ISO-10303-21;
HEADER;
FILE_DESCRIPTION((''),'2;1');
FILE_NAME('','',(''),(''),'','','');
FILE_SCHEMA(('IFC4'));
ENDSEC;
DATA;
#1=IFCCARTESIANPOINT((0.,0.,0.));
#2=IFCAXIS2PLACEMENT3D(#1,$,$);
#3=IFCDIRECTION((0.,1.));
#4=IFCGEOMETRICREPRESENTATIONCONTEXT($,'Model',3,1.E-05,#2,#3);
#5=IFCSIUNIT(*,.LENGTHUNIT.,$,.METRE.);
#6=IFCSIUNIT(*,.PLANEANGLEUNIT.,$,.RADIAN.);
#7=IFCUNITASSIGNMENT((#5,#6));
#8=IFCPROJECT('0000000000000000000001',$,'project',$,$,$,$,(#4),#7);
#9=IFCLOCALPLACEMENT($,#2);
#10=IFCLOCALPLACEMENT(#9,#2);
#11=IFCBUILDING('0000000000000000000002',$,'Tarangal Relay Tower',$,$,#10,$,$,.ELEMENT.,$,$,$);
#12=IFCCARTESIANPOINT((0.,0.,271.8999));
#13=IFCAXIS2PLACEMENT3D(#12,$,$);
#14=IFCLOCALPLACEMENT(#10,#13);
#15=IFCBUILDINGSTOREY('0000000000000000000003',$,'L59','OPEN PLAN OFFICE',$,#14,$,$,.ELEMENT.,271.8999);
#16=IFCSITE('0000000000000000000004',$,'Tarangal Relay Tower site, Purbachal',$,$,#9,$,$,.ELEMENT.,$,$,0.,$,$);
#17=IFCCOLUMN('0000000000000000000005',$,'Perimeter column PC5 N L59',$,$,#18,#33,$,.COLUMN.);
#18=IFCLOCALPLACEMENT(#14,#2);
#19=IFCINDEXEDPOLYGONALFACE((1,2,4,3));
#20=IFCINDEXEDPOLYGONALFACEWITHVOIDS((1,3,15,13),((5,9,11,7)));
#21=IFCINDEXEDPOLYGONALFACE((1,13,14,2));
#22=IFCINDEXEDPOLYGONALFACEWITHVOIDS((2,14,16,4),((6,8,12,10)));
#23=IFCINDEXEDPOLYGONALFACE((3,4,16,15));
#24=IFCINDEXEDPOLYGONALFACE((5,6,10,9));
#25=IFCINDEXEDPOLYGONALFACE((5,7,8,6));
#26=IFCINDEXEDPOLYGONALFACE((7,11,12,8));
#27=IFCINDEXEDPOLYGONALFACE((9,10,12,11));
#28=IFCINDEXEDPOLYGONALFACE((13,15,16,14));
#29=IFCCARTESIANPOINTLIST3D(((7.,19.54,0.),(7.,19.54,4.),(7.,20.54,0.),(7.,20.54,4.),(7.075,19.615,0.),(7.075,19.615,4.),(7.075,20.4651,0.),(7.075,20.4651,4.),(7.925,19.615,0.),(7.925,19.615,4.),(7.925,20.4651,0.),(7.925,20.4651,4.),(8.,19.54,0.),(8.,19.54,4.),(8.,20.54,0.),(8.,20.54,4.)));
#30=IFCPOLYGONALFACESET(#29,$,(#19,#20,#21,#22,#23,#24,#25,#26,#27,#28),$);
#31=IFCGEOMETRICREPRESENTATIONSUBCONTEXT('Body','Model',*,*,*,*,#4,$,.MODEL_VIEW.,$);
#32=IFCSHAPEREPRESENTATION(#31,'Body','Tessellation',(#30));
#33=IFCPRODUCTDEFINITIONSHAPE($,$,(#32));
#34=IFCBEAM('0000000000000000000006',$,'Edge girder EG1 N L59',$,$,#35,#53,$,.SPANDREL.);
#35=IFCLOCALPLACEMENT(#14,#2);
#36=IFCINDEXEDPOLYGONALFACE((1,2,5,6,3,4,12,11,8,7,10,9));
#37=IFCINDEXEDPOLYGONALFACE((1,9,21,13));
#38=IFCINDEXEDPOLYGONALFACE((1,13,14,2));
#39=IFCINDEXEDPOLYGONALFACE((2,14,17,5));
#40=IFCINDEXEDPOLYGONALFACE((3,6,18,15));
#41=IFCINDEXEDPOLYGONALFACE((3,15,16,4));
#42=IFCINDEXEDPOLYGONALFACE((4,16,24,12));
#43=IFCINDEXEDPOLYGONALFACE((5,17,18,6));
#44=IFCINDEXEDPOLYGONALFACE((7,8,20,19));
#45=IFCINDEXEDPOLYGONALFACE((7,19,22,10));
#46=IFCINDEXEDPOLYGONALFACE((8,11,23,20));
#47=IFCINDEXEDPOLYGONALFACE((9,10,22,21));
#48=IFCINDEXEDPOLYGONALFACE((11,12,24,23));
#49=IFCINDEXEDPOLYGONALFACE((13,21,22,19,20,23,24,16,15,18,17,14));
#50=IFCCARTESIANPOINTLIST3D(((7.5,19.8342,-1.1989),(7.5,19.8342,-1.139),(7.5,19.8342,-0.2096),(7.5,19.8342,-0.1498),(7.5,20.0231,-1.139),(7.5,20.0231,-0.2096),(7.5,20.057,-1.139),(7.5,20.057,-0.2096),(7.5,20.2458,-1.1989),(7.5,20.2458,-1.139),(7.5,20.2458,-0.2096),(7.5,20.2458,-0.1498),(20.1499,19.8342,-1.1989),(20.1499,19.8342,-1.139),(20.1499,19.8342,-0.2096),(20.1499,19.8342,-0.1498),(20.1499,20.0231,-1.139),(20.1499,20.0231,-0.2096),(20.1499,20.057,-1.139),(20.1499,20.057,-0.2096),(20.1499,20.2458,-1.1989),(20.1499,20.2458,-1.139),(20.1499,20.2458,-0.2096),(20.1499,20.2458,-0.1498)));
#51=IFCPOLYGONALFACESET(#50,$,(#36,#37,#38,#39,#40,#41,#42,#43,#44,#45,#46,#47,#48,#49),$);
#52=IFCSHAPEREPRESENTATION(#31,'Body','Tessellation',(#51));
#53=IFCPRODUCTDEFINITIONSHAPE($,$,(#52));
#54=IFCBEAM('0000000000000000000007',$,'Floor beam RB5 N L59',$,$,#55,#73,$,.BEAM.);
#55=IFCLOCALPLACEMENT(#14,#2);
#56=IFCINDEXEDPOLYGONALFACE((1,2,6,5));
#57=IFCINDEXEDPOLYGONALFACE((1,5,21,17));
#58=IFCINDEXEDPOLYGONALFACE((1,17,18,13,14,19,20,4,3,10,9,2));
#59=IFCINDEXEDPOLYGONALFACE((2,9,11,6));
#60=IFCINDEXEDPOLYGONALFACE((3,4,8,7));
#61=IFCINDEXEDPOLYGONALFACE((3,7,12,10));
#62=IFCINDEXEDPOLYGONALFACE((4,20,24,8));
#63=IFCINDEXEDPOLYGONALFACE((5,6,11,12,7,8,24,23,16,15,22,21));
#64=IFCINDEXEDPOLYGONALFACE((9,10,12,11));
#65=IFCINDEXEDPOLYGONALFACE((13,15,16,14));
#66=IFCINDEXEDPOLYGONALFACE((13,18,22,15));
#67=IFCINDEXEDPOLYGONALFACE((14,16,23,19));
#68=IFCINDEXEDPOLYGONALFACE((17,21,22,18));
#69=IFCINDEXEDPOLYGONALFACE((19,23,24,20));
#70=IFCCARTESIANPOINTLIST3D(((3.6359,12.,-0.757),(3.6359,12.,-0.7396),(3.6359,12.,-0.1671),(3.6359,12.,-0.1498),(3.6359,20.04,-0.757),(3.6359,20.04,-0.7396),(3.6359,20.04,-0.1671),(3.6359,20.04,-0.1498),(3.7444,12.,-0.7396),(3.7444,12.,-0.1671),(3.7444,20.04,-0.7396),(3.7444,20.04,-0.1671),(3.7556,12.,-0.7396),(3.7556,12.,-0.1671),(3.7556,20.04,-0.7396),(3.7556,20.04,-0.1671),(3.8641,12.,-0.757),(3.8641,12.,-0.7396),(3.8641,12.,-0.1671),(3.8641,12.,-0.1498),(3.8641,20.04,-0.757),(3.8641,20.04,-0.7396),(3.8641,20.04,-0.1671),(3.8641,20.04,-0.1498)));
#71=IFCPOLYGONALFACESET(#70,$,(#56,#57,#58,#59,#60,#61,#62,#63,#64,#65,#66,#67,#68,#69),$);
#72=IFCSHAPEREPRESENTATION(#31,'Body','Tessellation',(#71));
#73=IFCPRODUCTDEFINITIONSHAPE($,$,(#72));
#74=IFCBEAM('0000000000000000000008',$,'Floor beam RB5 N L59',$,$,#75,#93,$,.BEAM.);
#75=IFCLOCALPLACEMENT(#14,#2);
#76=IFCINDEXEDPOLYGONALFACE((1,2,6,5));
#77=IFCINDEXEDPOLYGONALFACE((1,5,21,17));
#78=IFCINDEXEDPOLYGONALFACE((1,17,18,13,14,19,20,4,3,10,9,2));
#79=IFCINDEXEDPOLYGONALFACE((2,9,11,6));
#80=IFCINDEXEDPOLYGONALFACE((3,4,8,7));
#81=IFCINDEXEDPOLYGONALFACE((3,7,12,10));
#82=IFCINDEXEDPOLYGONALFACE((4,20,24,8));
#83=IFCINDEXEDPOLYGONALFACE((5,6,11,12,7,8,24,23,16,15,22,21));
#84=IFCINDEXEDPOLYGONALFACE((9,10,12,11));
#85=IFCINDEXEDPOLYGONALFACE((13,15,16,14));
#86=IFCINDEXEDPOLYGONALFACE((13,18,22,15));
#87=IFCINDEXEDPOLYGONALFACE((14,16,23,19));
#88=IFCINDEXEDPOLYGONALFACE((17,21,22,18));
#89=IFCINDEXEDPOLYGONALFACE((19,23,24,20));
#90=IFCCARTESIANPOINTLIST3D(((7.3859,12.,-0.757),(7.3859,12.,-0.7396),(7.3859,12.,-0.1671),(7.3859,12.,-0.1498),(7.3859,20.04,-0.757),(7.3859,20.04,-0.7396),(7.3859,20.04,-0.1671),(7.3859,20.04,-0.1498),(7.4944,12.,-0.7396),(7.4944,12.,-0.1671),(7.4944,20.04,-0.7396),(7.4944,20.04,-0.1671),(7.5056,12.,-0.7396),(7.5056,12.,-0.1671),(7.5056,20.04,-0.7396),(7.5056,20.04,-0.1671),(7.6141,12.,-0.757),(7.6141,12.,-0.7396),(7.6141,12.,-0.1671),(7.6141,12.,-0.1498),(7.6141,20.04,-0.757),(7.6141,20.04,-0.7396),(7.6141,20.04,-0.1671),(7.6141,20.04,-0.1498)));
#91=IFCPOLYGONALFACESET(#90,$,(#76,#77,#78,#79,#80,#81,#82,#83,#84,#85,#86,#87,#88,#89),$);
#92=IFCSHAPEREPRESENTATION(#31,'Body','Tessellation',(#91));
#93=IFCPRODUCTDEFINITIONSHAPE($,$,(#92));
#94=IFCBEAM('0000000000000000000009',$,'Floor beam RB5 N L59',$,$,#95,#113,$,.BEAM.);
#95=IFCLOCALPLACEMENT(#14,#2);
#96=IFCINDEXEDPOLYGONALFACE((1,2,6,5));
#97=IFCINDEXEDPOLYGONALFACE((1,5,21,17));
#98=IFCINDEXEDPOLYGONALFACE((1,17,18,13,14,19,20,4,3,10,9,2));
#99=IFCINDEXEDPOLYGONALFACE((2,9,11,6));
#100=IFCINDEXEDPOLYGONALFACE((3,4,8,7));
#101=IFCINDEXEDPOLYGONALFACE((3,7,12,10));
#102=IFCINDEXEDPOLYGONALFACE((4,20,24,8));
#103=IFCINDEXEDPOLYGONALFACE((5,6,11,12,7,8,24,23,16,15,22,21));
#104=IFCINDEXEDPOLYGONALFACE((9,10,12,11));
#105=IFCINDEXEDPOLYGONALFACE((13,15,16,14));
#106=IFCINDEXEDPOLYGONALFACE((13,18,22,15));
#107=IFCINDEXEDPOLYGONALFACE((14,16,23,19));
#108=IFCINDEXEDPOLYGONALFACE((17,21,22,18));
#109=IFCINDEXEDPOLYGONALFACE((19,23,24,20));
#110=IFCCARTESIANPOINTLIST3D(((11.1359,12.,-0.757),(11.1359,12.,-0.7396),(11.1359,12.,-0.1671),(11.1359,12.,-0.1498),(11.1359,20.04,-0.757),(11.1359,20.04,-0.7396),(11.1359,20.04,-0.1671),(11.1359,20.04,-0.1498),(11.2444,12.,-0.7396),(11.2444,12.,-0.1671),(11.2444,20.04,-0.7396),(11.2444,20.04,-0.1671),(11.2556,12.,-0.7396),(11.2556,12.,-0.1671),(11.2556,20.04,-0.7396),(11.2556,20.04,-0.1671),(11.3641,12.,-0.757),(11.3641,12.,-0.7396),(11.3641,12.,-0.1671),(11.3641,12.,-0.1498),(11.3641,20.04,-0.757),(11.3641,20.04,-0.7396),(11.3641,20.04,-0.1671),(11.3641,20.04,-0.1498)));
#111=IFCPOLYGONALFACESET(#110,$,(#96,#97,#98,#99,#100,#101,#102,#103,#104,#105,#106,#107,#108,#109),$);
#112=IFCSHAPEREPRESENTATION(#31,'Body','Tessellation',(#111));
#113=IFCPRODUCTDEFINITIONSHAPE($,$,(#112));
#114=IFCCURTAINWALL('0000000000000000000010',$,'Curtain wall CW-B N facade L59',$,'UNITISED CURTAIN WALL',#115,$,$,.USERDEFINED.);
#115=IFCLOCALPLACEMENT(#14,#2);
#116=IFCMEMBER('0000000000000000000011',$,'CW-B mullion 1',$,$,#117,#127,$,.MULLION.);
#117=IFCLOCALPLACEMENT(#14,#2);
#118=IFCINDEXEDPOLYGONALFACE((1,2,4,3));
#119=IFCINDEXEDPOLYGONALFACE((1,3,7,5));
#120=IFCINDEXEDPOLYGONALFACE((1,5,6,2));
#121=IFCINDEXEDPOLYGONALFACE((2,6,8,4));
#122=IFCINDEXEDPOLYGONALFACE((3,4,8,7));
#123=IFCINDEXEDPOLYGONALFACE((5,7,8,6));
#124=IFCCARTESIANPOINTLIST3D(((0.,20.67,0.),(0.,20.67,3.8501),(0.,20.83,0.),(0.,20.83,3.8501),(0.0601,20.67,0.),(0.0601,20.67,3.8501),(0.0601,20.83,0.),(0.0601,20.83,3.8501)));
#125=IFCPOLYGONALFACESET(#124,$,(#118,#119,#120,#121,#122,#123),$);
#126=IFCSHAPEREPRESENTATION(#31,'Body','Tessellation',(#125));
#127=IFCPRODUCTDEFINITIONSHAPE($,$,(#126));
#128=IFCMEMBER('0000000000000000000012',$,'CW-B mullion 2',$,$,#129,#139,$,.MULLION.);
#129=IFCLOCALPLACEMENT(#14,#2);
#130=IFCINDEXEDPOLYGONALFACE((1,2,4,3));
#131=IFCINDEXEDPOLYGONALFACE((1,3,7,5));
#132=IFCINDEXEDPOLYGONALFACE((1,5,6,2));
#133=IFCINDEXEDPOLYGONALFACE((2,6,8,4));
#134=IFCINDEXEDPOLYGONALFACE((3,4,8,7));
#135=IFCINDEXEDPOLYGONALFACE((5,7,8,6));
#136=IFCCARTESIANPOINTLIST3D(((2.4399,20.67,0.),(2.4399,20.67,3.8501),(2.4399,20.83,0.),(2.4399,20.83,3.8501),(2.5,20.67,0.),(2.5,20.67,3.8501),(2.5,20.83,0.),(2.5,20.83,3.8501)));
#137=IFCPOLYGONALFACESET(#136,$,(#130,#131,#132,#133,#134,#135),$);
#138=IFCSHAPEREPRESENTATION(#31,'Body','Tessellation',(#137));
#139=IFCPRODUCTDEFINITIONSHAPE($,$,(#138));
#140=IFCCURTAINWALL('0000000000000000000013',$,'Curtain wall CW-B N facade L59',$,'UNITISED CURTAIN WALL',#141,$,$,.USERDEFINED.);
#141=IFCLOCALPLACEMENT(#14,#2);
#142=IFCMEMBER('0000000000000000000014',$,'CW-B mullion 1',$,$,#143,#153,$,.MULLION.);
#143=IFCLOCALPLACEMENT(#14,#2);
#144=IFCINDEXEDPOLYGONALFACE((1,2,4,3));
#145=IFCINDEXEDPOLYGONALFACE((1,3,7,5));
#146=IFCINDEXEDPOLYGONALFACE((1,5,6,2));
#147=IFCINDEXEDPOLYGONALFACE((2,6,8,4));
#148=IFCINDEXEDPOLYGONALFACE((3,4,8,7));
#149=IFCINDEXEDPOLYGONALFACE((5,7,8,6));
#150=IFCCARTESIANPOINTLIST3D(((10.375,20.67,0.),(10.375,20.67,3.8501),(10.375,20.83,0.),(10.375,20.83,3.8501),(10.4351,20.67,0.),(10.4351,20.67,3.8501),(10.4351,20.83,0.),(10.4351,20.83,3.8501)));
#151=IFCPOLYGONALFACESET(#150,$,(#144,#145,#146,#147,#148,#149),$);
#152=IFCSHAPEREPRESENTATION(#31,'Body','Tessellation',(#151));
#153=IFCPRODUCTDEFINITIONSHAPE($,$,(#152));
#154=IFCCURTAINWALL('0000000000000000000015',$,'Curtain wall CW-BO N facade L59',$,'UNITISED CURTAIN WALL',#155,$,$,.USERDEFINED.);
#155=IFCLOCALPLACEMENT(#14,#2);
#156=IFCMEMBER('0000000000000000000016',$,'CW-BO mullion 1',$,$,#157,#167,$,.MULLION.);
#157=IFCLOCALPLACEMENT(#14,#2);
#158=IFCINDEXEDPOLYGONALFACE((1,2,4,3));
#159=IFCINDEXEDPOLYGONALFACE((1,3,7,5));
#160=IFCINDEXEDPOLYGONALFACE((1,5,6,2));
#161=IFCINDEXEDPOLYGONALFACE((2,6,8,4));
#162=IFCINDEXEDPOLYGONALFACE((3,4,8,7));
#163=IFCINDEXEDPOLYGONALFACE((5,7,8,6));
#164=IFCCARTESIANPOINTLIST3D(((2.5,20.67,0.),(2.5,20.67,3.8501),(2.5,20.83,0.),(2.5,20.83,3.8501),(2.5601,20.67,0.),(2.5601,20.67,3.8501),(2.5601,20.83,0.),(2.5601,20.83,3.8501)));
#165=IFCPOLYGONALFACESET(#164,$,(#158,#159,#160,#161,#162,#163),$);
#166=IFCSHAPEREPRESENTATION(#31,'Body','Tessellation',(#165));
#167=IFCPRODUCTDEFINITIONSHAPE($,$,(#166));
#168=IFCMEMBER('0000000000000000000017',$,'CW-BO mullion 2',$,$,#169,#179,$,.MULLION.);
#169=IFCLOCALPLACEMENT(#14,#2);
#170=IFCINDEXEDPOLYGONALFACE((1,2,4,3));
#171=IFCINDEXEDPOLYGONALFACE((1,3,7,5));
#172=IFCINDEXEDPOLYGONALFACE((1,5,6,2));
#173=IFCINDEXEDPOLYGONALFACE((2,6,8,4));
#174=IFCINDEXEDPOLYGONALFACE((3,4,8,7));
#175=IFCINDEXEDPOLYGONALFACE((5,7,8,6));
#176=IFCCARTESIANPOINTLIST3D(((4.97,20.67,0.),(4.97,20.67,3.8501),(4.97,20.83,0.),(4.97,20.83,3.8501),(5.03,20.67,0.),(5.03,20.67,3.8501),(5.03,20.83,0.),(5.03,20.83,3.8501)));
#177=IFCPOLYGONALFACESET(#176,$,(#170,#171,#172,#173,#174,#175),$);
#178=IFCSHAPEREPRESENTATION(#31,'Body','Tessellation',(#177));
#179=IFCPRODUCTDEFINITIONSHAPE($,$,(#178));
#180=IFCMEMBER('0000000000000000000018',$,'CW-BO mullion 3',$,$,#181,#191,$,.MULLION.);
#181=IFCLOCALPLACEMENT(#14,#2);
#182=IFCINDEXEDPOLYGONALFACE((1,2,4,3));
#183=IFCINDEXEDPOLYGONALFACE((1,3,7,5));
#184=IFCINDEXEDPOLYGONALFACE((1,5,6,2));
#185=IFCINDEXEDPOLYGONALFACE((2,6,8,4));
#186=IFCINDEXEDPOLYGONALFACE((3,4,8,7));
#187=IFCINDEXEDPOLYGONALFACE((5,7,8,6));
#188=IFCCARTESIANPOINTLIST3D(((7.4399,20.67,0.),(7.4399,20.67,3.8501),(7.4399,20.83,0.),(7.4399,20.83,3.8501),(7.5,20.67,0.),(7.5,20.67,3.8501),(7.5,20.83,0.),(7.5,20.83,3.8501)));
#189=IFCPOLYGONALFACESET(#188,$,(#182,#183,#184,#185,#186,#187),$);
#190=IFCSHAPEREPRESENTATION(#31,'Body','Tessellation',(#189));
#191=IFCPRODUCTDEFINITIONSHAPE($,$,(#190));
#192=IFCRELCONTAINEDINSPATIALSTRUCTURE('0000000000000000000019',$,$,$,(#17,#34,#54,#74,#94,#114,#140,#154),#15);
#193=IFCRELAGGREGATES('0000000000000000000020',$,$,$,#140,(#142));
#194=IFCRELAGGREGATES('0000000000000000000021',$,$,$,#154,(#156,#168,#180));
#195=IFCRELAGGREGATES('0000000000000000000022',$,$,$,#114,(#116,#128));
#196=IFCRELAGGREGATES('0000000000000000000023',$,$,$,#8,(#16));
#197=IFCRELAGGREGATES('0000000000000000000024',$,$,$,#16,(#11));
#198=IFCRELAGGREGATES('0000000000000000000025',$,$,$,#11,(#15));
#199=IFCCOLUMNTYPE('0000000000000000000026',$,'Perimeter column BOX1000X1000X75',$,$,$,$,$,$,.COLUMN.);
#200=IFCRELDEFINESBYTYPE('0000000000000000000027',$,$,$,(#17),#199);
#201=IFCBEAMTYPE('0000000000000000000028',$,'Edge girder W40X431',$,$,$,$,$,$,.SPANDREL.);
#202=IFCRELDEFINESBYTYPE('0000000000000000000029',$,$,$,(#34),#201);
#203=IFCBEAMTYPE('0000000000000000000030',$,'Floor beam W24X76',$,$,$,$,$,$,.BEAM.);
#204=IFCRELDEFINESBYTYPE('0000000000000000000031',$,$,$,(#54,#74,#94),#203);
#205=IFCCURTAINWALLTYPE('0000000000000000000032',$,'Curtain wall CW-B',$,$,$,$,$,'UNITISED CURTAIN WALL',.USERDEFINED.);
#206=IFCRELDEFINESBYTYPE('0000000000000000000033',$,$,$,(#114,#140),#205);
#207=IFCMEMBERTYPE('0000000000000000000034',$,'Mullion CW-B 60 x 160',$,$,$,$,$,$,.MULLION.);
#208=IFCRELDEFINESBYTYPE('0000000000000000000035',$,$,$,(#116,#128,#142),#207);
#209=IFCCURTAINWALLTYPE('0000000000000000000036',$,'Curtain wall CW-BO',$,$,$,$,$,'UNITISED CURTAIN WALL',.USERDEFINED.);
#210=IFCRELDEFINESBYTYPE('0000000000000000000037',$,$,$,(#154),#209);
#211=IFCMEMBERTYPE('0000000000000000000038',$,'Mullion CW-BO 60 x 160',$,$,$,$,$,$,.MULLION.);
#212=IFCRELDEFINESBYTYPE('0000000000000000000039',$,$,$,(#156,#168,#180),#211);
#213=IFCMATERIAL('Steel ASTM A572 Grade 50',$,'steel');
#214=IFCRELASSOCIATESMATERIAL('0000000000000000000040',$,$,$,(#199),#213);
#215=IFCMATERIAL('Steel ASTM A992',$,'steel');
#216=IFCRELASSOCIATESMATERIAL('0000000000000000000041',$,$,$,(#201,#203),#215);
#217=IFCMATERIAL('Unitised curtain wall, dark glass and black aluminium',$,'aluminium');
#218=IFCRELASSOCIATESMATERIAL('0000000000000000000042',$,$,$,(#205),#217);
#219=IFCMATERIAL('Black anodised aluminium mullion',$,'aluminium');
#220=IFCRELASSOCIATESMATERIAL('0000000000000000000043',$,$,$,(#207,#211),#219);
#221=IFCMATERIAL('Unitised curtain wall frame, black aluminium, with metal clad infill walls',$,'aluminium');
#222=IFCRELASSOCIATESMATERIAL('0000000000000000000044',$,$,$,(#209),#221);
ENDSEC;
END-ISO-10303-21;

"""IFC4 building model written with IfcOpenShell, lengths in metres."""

from ifc_helpers import new_model, si_unit, direction, frame, origin, origin_2d, place, context, subcontext, project, spatial, rectangle, hollow_rectangle, i_section, extrude, material, material_profile, profile_set, type_object, element, aggregate, save


model = new_model("IFC4")

# Units and contexts
model_context = context("Model", 3, precision=1e-05, world=origin(), true_north=direction((0.0, 1.0)))
body_context = subcontext(model_context, "Body", "Model", "MODEL_VIEW")
ifc_project = project(units=[si_unit("LENGTHUNIT", "METRE"), si_unit("PLANEANGLEUNIT", "RADIAN")], contexts=[model_context])

# Site, building, storey
site_placement = place(None, origin())
site = spatial("IfcSite", under=ifc_project, at=site_placement, Name="Tarangal Relay Tower site, Purbachal", CompositionType="ELEMENT", RefElevation=0.0)
building_placement = place(site_placement, origin())
building = spatial("IfcBuilding", under=site, at=building_placement, Name="Tarangal Relay Tower", CompositionType="ELEMENT")
storey_placement = place(building_placement, frame((0.0, 0.0, 271.8999)))
storey = spatial("IfcBuildingStorey", under=building, at=storey_placement, Name="L59", Description="OPEN PLAN OFFICE", CompositionType="ELEMENT", Elevation=271.8999)

# Column
ifc_material_1 = material(Name="Steel ASTM A572 Grade 50", Category="steel")
ifc_material_profile_1 = material_profile(ifc_material_1, hollow_rectangle(XDim=1.0, YDim=1.0, WallThickness=0.075, at=origin_2d()), Name="BOX1000X1000X75")
ifc_profile_set_1 = profile_set([ifc_material_profile_1], Name="Steel ASTM A572 Grade 50")
column_type = type_object("IfcColumnType", Name="Perimeter column BOX1000X1000X75", PredefinedType="COLUMN", material=ifc_profile_set_1)
column_placement = place(storey_placement, frame((7.5, 20.04, 0.0), z_axis=(0.0, 0.0, 1.0), x_axis=(1.0, 0.0, 0.0)))
element("IfcColumn", 1, at=column_placement, inside=storey, type_object=column_type, Name="Perimeter column PC5 N L59", PredefinedType="COLUMN", context=body_context, shape_type="SweptSolid", body=[
    extrude(hollow_rectangle(XDim=1.0, YDim=1.0, WallThickness=0.075, at=origin_2d()), origin(), (0.0, 0.0, 1.0), 4.0),
])

# Beams
ifc_material_2 = material(Name="Steel ASTM A992", Category="steel")
ifc_material_profile_2 = material_profile(ifc_material_2, i_section(OverallWidth=0.4116, OverallDepth=1.0491, WebThickness=0.0339, FlangeThickness=0.0598, at=origin_2d()), Name="W40X431")
ifc_profile_set_2 = profile_set([ifc_material_profile_2], Name="Steel ASTM A992")
beam_type_1 = type_object("IfcBeamType", Name="Edge girder W40X431", PredefinedType="SPANDREL", material=ifc_profile_set_2)
beam_placement = place(storey_placement, frame((7.5, 20.04, -0.6743), z_axis=(1.0, 0.0, 0.0), x_axis=(0.0, 1.0, 0.0)))
element("IfcBeam", 2, at=beam_placement, inside=storey, type_object=beam_type_1, Name="Edge girder EG1 N L59", PredefinedType="SPANDREL", context=body_context, shape_type="SweptSolid", body=[
    extrude(i_section(OverallWidth=0.4116, OverallDepth=1.0491, WebThickness=0.0339, FlangeThickness=0.0598, at=origin_2d()), origin(), (0.0, 0.0, 1.0), 12.6499),
])
ifc_material_profile_3 = material_profile(ifc_material_2, i_section(OverallWidth=0.2283, OverallDepth=0.6072, WebThickness=0.0112, FlangeThickness=0.0173, at=origin_2d()), Name="W24X76")
ifc_profile_set_3 = profile_set([ifc_material_profile_3], Name="Steel ASTM A992")
beam_type_2 = type_object("IfcBeamType", Name="Floor beam W24X76", PredefinedType="BEAM", material=ifc_profile_set_3)
for number, where, z_axis, x_axis, name in (
    (3, (3.75, 12.0, -0.4534), (0.0, 1.0, 0.0), (-1.0, 0.0, 0.0), "Floor beam RB5 N L59"),
    (4, (7.5, 12.0, -0.4534), (0.0, 1.0, 0.0), (-1.0, 0.0, 0.0), "Floor beam RB5 N L59"),
    (5, (11.25, 12.0, -0.4534), (0.0, 1.0, 0.0), (-1.0, 0.0, 0.0), "Floor beam RB5 N L59"),
):
    element("IfcBeam", number, at=place(storey_placement, frame(where, z_axis=z_axis, x_axis=x_axis)), inside=storey, type_object=beam_type_2, Name=name, PredefinedType="BEAM", context=body_context, shape_type="SweptSolid", body=[
        extrude(i_section(OverallWidth=0.2283, OverallDepth=0.6072, WebThickness=0.0112, FlangeThickness=0.0173, at=origin_2d()), origin(), (0.0, 0.0, 1.0), 8.04),
    ])

# Curtain wall, members
ifc_material_3 = material(Name="Unitised curtain wall, dark glass and black aluminium", Category="aluminium")
curtain_wall_type_1 = type_object("IfcCurtainWallType", Name="Curtain wall CW-B", ElementType="UNITISED CURTAIN WALL", PredefinedType="USERDEFINED", material=ifc_material_3)
curtain_wall_1_placement = place(storey_placement, origin())
curtain_wall_1 = element("IfcCurtainWall", 6, at=curtain_wall_1_placement, inside=storey, type_object=curtain_wall_type_1, Name="Curtain wall CW-B N facade L59", ObjectType="UNITISED CURTAIN WALL", PredefinedType="USERDEFINED")
ifc_material_4 = material(Name="Black anodised aluminium mullion", Category="aluminium")
ifc_material_profile_4 = material_profile(ifc_material_4, rectangle(XDim=0.1599, YDim=0.0601, at=origin_2d()), Name="CW-BM 60X160")
ifc_profile_set_4 = profile_set([ifc_material_profile_4], Name="Black anodised aluminium mullion")
member_type_1 = type_object("IfcMemberType", Name="Mullion CW-B 60 x 160", PredefinedType="MULLION", material=ifc_profile_set_4)
member_1_placement = place(storey_placement, frame((0.03, 20.75, 0.0), z_axis=(0.0, 0.0, 1.0), x_axis=(0.0, 1.0, 0.0)))
member_1 = element("IfcMember", 7, at=member_1_placement, type_object=member_type_1, Name="CW-B mullion 1", PredefinedType="MULLION", context=body_context, shape_type="SweptSolid", body=[
    extrude(rectangle(XDim=0.1599, YDim=0.0601, at=origin_2d()), origin(), (0.0, 0.0, 1.0), 3.8501),
])
member_2_placement = place(storey_placement, frame((2.47, 20.75, 0.0), z_axis=(0.0, 0.0, 1.0), x_axis=(0.0, 1.0, 0.0)))
member_2 = element("IfcMember", 8, at=member_2_placement, type_object=member_type_1, Name="CW-B mullion 2", PredefinedType="MULLION", context=body_context, shape_type="SweptSolid", body=[
    extrude(rectangle(XDim=0.1599, YDim=0.0601, at=origin_2d()), origin(), (0.0, 0.0, 1.0), 3.8501),
])

# Curtain wall, member
curtain_wall_2_placement = place(storey_placement, origin())
curtain_wall_2 = element("IfcCurtainWall", 9, at=curtain_wall_2_placement, inside=storey, type_object=curtain_wall_type_1, Name="Curtain wall CW-B N facade L59", ObjectType="UNITISED CURTAIN WALL", PredefinedType="USERDEFINED")
member_3_placement = place(storey_placement, frame((10.405, 20.75, 0.0), z_axis=(0.0, 0.0, 1.0), x_axis=(0.0, 1.0, 0.0)))
member_3 = element("IfcMember", 10, at=member_3_placement, type_object=member_type_1, Name="CW-B mullion 1", PredefinedType="MULLION", context=body_context, shape_type="SweptSolid", body=[
    extrude(rectangle(XDim=0.1599, YDim=0.0601, at=origin_2d()), origin(), (0.0, 0.0, 1.0), 3.8501),
])

# Curtain wall, members
ifc_material_5 = material(Name="Unitised curtain wall frame, black aluminium, with metal clad infill walls", Category="aluminium")
curtain_wall_type_2 = type_object("IfcCurtainWallType", Name="Curtain wall CW-BO", ElementType="UNITISED CURTAIN WALL", PredefinedType="USERDEFINED", material=ifc_material_5)
curtain_wall_3_placement = place(storey_placement, origin())
curtain_wall_3 = element("IfcCurtainWall", 11, at=curtain_wall_3_placement, inside=storey, type_object=curtain_wall_type_2, Name="Curtain wall CW-BO N facade L59", ObjectType="UNITISED CURTAIN WALL", PredefinedType="USERDEFINED")
ifc_material_profile_5 = material_profile(ifc_material_4, rectangle(XDim=0.1599, YDim=0.0601, at=origin_2d()), Name="CW-BOM 60X160")
ifc_profile_set_5 = profile_set([ifc_material_profile_5], Name="Black anodised aluminium mullion")
member_type_2 = type_object("IfcMemberType", Name="Mullion CW-BO 60 x 160", PredefinedType="MULLION", material=ifc_profile_set_5)
member_4_placement = place(storey_placement, frame((2.53, 20.75, 0.0), z_axis=(0.0, 0.0, 1.0), x_axis=(0.0, 1.0, 0.0)))
member_4 = element("IfcMember", 12, at=member_4_placement, type_object=member_type_2, Name="CW-BO mullion 1", PredefinedType="MULLION", context=body_context, shape_type="SweptSolid", body=[
    extrude(rectangle(XDim=0.1599, YDim=0.0601, at=origin_2d()), origin(), (0.0, 0.0, 1.0), 3.8501),
])
member_5_placement = place(storey_placement, frame((5.0, 20.75, 0.0), z_axis=(0.0, 0.0, 1.0), x_axis=(0.0, 1.0, 0.0)))
member_5 = element("IfcMember", 13, at=member_5_placement, type_object=member_type_2, Name="CW-BO mullion 2", PredefinedType="MULLION", context=body_context, shape_type="SweptSolid", body=[
    extrude(rectangle(XDim=0.1599, YDim=0.0601, at=origin_2d()), origin(), (0.0, 0.0, 1.0), 3.8501),
])
member_6_placement = place(storey_placement, frame((7.47, 20.75, 0.0), z_axis=(0.0, 0.0, 1.0), x_axis=(0.0, 1.0, 0.0)))
member_6 = element("IfcMember", 14, at=member_6_placement, type_object=member_type_2, Name="CW-BO mullion 3", PredefinedType="MULLION", context=body_context, shape_type="SweptSolid", body=[
    extrude(rectangle(XDim=0.1599, YDim=0.0601, at=origin_2d()), origin(), (0.0, 0.0, 1.0), 3.8501),
])

aggregate(curtain_wall_2, [member_3])
aggregate(curtain_wall_3, [member_4, member_5, member_6])

aggregate(curtain_wall_1, [member_1, member_2])

save(model, "model.ifc")
